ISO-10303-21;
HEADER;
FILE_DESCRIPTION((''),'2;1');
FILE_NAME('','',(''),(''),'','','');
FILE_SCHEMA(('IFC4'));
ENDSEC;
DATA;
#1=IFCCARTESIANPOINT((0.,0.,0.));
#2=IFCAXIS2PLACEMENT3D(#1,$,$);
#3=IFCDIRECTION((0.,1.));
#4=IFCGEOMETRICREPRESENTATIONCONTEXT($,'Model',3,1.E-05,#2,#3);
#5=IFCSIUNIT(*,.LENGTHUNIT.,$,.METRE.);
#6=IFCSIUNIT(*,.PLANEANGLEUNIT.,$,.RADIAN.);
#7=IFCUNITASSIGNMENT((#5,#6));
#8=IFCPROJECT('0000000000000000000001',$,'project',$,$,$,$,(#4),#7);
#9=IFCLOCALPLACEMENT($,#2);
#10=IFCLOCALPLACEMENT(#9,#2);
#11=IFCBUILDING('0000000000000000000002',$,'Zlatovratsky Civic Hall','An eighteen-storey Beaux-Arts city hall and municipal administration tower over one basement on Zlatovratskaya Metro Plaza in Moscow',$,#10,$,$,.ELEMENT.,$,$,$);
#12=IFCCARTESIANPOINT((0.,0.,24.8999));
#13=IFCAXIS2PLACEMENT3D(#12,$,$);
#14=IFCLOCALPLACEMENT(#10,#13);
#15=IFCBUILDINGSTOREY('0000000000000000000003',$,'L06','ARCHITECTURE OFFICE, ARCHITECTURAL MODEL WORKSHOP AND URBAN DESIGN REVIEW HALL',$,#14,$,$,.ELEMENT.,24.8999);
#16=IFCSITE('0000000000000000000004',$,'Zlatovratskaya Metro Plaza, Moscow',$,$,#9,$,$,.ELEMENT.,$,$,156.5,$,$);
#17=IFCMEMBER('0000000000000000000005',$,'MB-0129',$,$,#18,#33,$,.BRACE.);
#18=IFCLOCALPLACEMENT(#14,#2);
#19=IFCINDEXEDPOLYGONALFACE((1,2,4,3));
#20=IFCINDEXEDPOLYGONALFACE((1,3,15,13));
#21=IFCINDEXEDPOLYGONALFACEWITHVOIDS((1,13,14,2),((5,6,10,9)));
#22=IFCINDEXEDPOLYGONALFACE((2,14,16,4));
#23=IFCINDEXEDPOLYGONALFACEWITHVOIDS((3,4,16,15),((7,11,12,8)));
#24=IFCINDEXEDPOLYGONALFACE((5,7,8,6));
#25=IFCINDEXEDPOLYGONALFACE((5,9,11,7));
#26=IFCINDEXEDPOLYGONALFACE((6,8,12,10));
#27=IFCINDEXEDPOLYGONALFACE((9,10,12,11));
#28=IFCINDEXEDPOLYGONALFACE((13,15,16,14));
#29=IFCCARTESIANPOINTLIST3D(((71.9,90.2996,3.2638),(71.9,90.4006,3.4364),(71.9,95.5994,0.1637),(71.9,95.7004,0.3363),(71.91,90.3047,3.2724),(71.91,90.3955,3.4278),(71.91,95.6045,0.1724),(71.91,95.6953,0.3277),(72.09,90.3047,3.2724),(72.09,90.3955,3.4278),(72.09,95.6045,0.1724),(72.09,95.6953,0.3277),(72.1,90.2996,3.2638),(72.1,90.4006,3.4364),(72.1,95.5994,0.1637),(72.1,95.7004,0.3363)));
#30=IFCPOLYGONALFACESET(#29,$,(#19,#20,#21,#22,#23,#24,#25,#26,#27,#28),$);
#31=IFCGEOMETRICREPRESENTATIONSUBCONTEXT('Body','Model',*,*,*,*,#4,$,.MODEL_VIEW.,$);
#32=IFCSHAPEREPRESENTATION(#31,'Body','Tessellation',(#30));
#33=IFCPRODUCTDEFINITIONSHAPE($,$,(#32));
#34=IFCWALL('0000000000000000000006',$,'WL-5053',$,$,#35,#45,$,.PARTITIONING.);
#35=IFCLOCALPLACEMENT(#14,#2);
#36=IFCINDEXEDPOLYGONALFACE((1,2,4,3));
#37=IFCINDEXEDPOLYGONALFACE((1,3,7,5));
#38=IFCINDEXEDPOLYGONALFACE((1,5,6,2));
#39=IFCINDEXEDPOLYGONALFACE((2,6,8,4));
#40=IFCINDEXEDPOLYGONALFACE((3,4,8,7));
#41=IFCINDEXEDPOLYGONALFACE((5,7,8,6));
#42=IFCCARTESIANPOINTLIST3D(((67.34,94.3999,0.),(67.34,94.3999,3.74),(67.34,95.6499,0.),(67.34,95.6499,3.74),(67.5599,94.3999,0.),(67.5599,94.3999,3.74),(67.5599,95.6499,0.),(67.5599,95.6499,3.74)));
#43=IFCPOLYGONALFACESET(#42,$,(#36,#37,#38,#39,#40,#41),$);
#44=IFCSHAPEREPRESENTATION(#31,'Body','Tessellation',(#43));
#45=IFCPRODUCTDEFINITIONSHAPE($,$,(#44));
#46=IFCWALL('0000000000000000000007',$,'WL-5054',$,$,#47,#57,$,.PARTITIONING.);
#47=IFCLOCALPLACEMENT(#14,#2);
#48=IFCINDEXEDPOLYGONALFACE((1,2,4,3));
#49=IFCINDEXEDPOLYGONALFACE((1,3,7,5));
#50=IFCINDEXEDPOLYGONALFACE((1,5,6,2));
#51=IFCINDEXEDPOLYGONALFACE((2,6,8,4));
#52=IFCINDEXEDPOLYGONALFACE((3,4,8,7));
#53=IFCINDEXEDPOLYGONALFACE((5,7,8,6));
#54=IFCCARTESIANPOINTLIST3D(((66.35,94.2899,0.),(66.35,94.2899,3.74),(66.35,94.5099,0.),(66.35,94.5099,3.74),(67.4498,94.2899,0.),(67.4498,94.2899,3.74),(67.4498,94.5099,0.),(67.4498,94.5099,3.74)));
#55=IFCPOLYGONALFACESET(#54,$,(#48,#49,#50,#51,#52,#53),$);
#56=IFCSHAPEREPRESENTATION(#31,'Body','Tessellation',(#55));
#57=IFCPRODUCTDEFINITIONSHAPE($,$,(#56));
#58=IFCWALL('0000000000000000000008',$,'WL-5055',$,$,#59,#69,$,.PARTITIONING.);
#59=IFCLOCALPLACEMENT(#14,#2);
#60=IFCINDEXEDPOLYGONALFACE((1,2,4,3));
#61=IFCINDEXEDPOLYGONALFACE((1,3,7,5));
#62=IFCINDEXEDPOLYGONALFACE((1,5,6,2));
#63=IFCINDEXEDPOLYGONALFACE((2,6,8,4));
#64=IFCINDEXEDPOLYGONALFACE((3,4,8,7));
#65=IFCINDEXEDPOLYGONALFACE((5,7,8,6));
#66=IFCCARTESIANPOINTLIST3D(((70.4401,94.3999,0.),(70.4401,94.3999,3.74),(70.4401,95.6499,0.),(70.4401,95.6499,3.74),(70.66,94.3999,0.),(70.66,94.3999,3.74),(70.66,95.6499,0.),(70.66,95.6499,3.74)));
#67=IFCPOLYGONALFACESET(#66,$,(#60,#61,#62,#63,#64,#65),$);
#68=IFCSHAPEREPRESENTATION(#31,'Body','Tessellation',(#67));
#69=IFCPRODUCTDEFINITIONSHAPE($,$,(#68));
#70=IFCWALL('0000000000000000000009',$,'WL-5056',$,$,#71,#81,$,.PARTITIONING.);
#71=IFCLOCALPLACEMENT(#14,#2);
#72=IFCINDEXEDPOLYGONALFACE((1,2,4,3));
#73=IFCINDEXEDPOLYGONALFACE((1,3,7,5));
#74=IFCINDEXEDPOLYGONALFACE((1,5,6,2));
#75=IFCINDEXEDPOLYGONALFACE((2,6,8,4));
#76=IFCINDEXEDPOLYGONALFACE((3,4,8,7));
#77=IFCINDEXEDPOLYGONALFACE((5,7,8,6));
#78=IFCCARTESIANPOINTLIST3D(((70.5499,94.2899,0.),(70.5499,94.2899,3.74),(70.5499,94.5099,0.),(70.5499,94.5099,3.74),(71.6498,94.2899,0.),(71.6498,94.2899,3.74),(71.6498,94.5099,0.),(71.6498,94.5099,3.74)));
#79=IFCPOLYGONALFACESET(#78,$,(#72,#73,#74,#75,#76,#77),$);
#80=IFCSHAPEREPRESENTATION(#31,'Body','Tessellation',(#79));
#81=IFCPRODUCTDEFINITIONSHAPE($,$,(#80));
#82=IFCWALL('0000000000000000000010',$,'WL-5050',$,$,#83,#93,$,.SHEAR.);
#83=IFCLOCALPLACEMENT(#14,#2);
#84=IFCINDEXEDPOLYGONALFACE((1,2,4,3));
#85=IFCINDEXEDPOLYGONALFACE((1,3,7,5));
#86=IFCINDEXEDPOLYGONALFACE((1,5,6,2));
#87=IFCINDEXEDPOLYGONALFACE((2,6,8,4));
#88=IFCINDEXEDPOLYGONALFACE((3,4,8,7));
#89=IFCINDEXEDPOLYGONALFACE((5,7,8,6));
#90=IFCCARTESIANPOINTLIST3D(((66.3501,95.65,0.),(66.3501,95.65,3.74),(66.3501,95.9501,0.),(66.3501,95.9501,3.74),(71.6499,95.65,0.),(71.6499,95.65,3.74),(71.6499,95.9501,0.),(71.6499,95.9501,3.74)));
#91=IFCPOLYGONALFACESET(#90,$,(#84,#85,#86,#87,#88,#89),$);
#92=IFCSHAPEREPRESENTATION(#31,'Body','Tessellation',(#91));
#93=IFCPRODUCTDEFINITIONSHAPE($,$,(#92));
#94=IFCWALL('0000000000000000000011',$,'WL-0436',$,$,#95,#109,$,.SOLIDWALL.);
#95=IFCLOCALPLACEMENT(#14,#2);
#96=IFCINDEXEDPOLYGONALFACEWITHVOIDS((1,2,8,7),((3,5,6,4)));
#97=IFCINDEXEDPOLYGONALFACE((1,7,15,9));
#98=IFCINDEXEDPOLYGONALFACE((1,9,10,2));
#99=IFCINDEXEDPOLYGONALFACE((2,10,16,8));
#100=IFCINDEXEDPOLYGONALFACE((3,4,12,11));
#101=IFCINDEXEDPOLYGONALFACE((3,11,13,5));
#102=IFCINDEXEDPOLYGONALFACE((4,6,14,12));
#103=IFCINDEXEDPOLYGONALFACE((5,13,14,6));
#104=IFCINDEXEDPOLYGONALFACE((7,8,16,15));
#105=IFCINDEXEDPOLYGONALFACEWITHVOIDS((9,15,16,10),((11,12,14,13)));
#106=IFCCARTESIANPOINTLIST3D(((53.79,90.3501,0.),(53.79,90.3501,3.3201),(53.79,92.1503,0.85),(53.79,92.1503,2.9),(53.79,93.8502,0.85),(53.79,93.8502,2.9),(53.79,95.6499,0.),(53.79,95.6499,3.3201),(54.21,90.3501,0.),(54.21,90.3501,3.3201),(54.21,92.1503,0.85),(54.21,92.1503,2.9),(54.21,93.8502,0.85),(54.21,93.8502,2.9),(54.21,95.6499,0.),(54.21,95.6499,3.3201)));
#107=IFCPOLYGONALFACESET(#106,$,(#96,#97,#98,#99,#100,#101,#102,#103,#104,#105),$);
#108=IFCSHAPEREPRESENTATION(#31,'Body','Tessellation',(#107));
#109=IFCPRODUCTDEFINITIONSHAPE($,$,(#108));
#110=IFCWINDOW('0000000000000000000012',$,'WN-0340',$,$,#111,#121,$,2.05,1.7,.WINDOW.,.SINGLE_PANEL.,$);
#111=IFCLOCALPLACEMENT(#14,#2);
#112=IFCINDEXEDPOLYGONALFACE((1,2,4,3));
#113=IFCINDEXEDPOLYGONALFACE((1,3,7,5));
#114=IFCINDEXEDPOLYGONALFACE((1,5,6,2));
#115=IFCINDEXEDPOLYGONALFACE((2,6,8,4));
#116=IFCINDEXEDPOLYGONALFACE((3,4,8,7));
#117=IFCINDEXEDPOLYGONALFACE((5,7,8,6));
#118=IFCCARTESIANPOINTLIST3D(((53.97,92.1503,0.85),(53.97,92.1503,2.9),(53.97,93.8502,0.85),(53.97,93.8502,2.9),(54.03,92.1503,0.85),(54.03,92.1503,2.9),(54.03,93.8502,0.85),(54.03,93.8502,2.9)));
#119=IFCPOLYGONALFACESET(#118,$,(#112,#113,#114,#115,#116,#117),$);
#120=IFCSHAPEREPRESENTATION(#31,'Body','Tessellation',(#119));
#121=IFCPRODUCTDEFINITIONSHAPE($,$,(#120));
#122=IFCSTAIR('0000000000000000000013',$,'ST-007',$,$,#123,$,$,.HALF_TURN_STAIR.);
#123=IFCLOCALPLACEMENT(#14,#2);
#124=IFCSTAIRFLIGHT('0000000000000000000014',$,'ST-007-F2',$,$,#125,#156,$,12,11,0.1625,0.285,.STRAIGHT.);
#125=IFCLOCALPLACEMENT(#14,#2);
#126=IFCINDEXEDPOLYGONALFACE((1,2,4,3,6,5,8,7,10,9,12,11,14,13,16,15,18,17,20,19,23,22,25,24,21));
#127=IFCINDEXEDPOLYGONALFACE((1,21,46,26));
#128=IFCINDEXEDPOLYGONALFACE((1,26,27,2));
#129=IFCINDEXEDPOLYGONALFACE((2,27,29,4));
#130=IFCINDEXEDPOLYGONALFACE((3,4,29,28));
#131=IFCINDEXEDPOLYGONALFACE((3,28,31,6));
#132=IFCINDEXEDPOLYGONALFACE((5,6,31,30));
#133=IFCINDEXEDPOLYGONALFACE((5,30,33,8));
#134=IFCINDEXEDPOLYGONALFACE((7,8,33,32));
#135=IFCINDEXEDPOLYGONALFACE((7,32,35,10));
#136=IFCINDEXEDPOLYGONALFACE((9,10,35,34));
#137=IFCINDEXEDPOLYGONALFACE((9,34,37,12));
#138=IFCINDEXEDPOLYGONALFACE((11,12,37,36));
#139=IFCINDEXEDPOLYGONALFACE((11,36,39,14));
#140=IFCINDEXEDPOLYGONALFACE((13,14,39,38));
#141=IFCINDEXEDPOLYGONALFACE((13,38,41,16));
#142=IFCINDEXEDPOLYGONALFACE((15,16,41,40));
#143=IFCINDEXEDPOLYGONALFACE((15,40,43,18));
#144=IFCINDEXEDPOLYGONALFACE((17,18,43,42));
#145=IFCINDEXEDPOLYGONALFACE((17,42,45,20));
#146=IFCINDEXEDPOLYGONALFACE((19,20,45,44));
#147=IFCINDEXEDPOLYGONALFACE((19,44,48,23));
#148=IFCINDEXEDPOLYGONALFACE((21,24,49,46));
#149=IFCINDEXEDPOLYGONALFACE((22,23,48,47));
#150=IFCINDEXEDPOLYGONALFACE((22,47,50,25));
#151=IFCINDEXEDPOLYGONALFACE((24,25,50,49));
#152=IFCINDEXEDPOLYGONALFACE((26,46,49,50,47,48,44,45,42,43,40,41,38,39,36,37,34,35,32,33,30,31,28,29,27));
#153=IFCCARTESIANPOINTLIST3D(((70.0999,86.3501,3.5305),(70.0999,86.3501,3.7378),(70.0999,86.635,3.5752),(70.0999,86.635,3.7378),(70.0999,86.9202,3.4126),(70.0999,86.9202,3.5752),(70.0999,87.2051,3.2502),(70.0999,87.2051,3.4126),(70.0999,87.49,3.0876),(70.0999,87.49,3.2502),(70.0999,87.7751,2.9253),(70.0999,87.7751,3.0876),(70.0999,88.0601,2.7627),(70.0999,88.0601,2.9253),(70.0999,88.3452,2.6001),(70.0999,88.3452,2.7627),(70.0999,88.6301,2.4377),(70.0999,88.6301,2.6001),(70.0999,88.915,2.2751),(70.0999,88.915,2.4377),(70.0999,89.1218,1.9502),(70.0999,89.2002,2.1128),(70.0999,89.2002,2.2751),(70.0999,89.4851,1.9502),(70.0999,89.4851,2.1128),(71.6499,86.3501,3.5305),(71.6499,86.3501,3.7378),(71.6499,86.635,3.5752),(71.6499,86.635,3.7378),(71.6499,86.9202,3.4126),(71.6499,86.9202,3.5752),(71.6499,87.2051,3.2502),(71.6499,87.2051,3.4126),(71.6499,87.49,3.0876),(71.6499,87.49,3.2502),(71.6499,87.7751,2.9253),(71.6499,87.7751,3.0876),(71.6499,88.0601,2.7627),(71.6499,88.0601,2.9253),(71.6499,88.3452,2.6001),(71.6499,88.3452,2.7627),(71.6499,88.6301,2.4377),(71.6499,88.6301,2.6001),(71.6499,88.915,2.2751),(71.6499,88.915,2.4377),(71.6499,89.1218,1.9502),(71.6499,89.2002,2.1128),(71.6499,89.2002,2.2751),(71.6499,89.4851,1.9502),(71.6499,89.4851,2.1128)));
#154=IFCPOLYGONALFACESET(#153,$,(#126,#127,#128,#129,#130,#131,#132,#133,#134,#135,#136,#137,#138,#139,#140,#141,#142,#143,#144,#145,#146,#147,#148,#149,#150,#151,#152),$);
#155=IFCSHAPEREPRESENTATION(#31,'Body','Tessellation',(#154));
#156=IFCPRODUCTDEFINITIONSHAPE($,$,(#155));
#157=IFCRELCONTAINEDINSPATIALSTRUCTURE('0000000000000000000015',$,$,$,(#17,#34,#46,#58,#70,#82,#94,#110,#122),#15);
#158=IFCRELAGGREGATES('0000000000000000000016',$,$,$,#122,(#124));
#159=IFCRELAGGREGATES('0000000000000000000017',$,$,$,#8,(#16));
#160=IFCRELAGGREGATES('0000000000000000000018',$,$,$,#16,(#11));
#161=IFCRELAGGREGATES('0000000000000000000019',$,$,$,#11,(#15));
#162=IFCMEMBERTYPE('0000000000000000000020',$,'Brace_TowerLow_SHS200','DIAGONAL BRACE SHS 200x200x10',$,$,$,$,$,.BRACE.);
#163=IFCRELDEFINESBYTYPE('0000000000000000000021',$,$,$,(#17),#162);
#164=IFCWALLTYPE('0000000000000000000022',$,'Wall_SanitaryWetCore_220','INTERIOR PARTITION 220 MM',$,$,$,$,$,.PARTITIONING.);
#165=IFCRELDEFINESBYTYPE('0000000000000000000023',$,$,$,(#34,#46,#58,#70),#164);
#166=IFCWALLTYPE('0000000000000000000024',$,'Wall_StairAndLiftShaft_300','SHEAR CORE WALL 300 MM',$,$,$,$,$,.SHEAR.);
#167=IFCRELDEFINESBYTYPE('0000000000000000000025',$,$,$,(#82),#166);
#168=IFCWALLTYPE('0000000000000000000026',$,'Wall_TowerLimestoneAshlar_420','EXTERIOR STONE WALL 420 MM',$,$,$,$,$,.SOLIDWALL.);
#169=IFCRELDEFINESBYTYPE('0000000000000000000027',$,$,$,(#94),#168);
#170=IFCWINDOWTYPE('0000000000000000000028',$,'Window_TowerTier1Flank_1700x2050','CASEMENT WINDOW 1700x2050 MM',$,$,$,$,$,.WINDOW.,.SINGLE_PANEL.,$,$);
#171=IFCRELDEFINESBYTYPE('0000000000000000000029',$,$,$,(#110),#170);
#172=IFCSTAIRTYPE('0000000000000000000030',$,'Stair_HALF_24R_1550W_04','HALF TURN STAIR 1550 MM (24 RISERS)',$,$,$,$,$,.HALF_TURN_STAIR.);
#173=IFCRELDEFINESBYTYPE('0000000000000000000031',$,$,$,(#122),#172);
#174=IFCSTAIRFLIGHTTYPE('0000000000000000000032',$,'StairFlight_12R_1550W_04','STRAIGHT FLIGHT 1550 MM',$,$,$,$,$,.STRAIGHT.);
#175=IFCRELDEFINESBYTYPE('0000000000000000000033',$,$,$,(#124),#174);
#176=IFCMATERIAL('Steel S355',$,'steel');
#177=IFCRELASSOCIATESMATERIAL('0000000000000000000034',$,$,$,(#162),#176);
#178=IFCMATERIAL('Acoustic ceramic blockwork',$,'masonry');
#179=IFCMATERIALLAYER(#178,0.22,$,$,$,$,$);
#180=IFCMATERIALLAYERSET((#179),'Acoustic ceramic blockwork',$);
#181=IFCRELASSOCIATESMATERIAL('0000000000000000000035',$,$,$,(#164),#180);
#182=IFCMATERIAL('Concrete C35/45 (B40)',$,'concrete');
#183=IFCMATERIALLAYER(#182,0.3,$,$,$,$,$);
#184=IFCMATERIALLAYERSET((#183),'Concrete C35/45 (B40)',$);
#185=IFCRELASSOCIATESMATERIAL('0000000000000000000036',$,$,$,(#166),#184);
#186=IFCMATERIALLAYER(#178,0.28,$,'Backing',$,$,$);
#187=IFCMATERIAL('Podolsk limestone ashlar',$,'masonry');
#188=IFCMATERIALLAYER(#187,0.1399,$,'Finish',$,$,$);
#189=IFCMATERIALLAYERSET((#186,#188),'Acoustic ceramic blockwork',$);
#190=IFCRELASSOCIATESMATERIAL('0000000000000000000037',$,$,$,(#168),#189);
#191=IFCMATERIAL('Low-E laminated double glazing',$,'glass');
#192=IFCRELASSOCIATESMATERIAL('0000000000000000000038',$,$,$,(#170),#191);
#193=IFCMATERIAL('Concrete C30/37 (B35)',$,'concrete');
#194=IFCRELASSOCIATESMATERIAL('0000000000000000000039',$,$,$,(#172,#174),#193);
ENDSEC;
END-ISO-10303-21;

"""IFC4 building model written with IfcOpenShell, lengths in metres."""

from ifc_helpers import new_model, si_unit, direction, frame, frame_2d, origin, origin_2d, place, context, subcontext, project, spatial, polyline, rectangle, hollow_rectangle, outline, extrude, material, layer, layer_set, material_profile, profile_set, type_object, element, fill, aggregate, save


model = new_model("IFC4")

# Units and contexts
model_context = context("Model", 3, precision=1e-05, world=origin(), true_north=direction((0.0, 1.0)))
body_context = subcontext(model_context, "Body", "Model", "MODEL_VIEW")
ifc_project = project(units=[si_unit("LENGTHUNIT", "METRE"), si_unit("PLANEANGLEUNIT", "RADIAN")], contexts=[model_context])

# Site, building, storey
site_placement = place(None, origin())
site = spatial("IfcSite", under=ifc_project, at=site_placement, Name="Zlatovratskaya Metro Plaza, Moscow", CompositionType="ELEMENT", RefElevation=156.5)
building_placement = place(site_placement, origin())
building = spatial("IfcBuilding", under=site, at=building_placement, Name="Zlatovratsky Civic Hall", Description="An eighteen-storey Beaux-Arts city hall and municipal administration tower over one basement on Zlatovratskaya Metro Plaza in Moscow", CompositionType="ELEMENT")
storey_placement = place(building_placement, frame((0.0, 0.0, 24.8999)))
storey = spatial("IfcBuildingStorey", under=building, at=storey_placement, Name="L06", Description="ARCHITECTURE OFFICE, ARCHITECTURAL MODEL WORKSHOP AND URBAN DESIGN REVIEW HALL", CompositionType="ELEMENT", Elevation=24.8999)

# Shared definitions
ifc_material_1 = material(Name="Concrete C35/45 (B40)", Category="concrete")
ifc_material_2 = material(Name="Steel S355", Category="steel")

# Member
ifc_material_profile_1 = material_profile(ifc_material_2, hollow_rectangle(XDim=0.2, YDim=0.2, WallThickness=0.01, at=origin_2d()), Name="SHS 200x200x10")
ifc_profile_set_1 = profile_set([ifc_material_profile_1], Name="Steel S355")
member_type = type_object("IfcMemberType", Name="Brace_TowerLow_SHS200", Description="DIAGONAL BRACE SHS 200x200x10", PredefinedType="BRACE", material=ifc_profile_set_1)
member_placement = place(storey_placement, frame((72.0, 90.3501, 3.3501), z_axis=(0.0, 0.863173, -0.504909), x_axis=(-1.0, 0.0, 0.0)))
element("IfcMember", 1, at=member_placement, inside=storey, type_object=member_type, Name="MB-0129", PredefinedType="BRACE", context=body_context, shape_type="SweptSolid", body=[
    extrude(hollow_rectangle(XDim=0.2, YDim=0.2, WallThickness=0.01, at=origin_2d()), origin(), (0.0, 0.0, 1.0), 6.1399),
])

# Walls
ifc_material_3 = material(Name="Acoustic ceramic blockwork", Category="masonry")
ifc_layer_1 = layer(ifc_material_3, 0.22)
ifc_layer_set_1 = layer_set([ifc_layer_1], Name="Acoustic ceramic blockwork")
wall_type_1 = type_object("IfcWallType", Name="Wall_SanitaryWetCore_220", Description="INTERIOR PARTITION 220 MM", PredefinedType="PARTITIONING", material=ifc_layer_set_1)
wall_1_placement = place(storey_placement, frame((67.45, 94.3999, 0.0), z_axis=(0.0, 0.0, 1.0), x_axis=(0.0, 1.0, 0.0)))
element("IfcWall", 2, at=wall_1_placement, inside=storey, type_object=wall_type_1, Name="WL-5053", PredefinedType="PARTITIONING", context=body_context, shape_type="SweptSolid", body=[
    extrude(rectangle(XDim=1.25, YDim=0.22, at=frame_2d((0.625, 0.0))), origin(), (0.0, 0.0, 1.0), 3.74),
])
wall_2_placement = place(storey_placement, frame((66.3501, 94.3999, 0.0), z_axis=(0.0, 0.0, 1.0), x_axis=(1.0, 0.0, 0.0)))
element("IfcWall", 3, at=wall_2_placement, inside=storey, type_object=wall_type_1, Name="WL-5054", PredefinedType="PARTITIONING", context=body_context, shape_type="SweptSolid", body=[
    extrude(rectangle(XDim=1.0999, YDim=0.22, at=frame_2d((0.5498, 0.0))), origin(), (0.0, 0.0, 1.0), 3.74),
])
wall_3_placement = place(storey_placement, frame((70.55, 94.3999, 0.0), z_axis=(0.0, 0.0, 1.0), x_axis=(0.0, 1.0, 0.0)))
element("IfcWall", 4, at=wall_3_placement, inside=storey, type_object=wall_type_1, Name="WL-5055", PredefinedType="PARTITIONING", context=body_context, shape_type="SweptSolid", body=[
    extrude(rectangle(XDim=1.25, YDim=0.22, at=frame_2d((0.625, 0.0))), origin(), (0.0, 0.0, 1.0), 3.74),
])
wall_4_placement = place(storey_placement, frame((70.55, 94.3999, 0.0), z_axis=(0.0, 0.0, 1.0), x_axis=(1.0, 0.0, 0.0)))
element("IfcWall", 5, at=wall_4_placement, inside=storey, type_object=wall_type_1, Name="WL-5056", PredefinedType="PARTITIONING", context=body_context, shape_type="SweptSolid", body=[
    extrude(rectangle(XDim=1.0999, YDim=0.22, at=frame_2d((0.5498, 0.0))), origin(), (0.0, 0.0, 1.0), 3.74),
])
ifc_layer_2 = layer(ifc_material_1, 0.3)
ifc_layer_set_2 = layer_set([ifc_layer_2], Name="Concrete C35/45 (B40)")
wall_type_2 = type_object("IfcWallType", Name="Wall_StairAndLiftShaft_300", Description="SHEAR CORE WALL 300 MM", PredefinedType="SHEAR", material=ifc_layer_set_2)
wall_5_placement = place(storey_placement, frame((66.3501, 95.8, 0.0), z_axis=(0.0, 0.0, 1.0), x_axis=(1.0, 0.0, 0.0)))
element("IfcWall", 6, at=wall_5_placement, inside=storey, type_object=wall_type_2, Name="WL-5050", PredefinedType="SHEAR", context=body_context, shape_type="SweptSolid", body=[
    extrude(rectangle(XDim=5.2998, YDim=0.3, at=frame_2d((2.6499, 0.0))), origin(), (0.0, 0.0, 1.0), 3.74),
])

# Wall, opening, window
ifc_layer_3 = layer(ifc_material_3, 0.28, Name="Backing")
ifc_material_4 = material(Name="Podolsk limestone ashlar", Category="masonry")
ifc_layer_4 = layer(ifc_material_4, 0.1399, Name="Finish")
ifc_layer_set_3 = layer_set([ifc_layer_3, ifc_layer_4], Name="Acoustic ceramic blockwork")
wall_type_3 = type_object("IfcWallType", Name="Wall_TowerLimestoneAshlar_420", Description="EXTERIOR STONE WALL 420 MM", PredefinedType="SOLIDWALL", material=ifc_layer_set_3)
wall_6_placement = place(storey_placement, frame((54.0, 90.3501, 0.0), z_axis=(0.0, 0.0, 1.0), x_axis=(0.0, 1.0, 0.0)))
wall_6 = element("IfcWall", 7, at=wall_6_placement, inside=storey, type_object=wall_type_3, Name="WL-0436", PredefinedType="SOLIDWALL", context=body_context, shape_type="SweptSolid", body=[
    extrude(rectangle(XDim=5.2998, YDim=0.4199, at=frame_2d((2.6499, 0.0))), origin(), (0.0, 0.0, 1.0), 3.3201),
])
opening_placement = place(wall_6_placement, frame((1.8, 0.0, 0.8501)))
opening = element("IfcOpeningElement", 8, at=opening_placement, cuts=wall_6, PredefinedType="OPENING", context=body_context, shape_type="SweptSolid", body=[
    extrude(rectangle(XDim=1.7, YDim=2.05, at=frame_2d((0.8501, 1.0249))), frame((0.0, 0.2249, 0.0), z_axis=(0.0, -1.0, 0.0), x_axis=(1.0, 0.0, 0.0)), (0.0, 0.0, 1.0), 0.4497),
])
ifc_material_5 = material(Name="Low-E laminated double glazing", Category="glass")
window_type = type_object("IfcWindowType", Name="Window_TowerTier1Flank_1700x2050", Description="CASEMENT WINDOW 1700x2050 MM", PartitioningType="SINGLE_PANEL", PredefinedType="WINDOW", material=ifc_material_5)
window_placement = place(opening_placement, origin())
window = element("IfcWindow", 9, at=window_placement, inside=storey, type_object=window_type, Name="WN-0340", OverallHeight=2.05, OverallWidth=1.7, PartitioningType="SINGLE_PANEL", PredefinedType="WINDOW", context=body_context, shape_type="SweptSolid", body=[
    extrude(rectangle(XDim=1.7, YDim=2.05, at=frame_2d((0.8501, 1.0249))), frame((0.0, 0.03, 0.0), z_axis=(0.0, -1.0, 0.0), x_axis=(1.0, 0.0, 0.0)), (0.0, 0.0, 1.0), 0.0601),
])
fill(opening, window)

# Stair, stair flight
ifc_material_6 = material(Name="Concrete C30/37 (B35)", Category="concrete")
stair_type = type_object("IfcStairType", Name="Stair_HALF_24R_1550W_04", Description="HALF TURN STAIR 1550 MM (24 RISERS)", PredefinedType="HALF_TURN_STAIR", material=ifc_material_6)
stair_placement = place(storey_placement, origin())
stair = element("IfcStair", 10, at=stair_placement, inside=storey, type_object=stair_type, Name="ST-007", PredefinedType="HALF_TURN_STAIR")
stair_flight_type = type_object("IfcStairFlightType", Name="StairFlight_12R_1550W_04", Description="STRAIGHT FLIGHT 1550 MM", PredefinedType="STRAIGHT", material=ifc_material_6)
stair_flight_placement = place(storey_placement, frame((70.875, 89.4851, 1.9502), z_axis=(0.0, 0.0, 1.0), x_axis=(0.0, -1.0, 0.0)))
stair_flight = element("IfcStairFlight", 11, at=stair_flight_placement, type_object=stair_flight_type, Name="ST-007-F2", NumberOfRisers=12, NumberOfTreads=11, PredefinedType="STRAIGHT", RiserHeight=0.1625, TreadLength=0.285, context=body_context, shape_type="SweptSolid", body=[
    extrude(outline(polyline([(0.0, 0.0), (0.0, 0.1626), (0.2849, 0.1626), (0.2849, 0.325), (0.5701, 0.325), (0.5701, 0.4875), (0.855, 0.4875), (0.855, 0.6499), (1.1399, 0.6499), (1.1399, 0.8125), (1.425, 0.8125), (1.425, 0.9751), (1.71, 0.9751), (1.71, 1.1375), (1.9951, 1.1375), (1.9951, 1.3), (2.28, 1.3), (2.28, 1.4624), (2.5649, 1.4624), (2.5649, 1.625), (2.8501, 1.625), (2.8501, 1.7876), (3.135, 1.7876), (3.135, 1.95), (3.135, 1.5803), (0.3633, 0.0), (0.0, 0.0)])), frame((0.0, 0.7749, 0.0), z_axis=(0.0, -1.0, 0.0), x_axis=(1.0, 0.0, 0.0)), (0.0, 0.0, 1.0), 1.55),
])
aggregate(stair, [stair_flight])

save(model, "model.ifc")
